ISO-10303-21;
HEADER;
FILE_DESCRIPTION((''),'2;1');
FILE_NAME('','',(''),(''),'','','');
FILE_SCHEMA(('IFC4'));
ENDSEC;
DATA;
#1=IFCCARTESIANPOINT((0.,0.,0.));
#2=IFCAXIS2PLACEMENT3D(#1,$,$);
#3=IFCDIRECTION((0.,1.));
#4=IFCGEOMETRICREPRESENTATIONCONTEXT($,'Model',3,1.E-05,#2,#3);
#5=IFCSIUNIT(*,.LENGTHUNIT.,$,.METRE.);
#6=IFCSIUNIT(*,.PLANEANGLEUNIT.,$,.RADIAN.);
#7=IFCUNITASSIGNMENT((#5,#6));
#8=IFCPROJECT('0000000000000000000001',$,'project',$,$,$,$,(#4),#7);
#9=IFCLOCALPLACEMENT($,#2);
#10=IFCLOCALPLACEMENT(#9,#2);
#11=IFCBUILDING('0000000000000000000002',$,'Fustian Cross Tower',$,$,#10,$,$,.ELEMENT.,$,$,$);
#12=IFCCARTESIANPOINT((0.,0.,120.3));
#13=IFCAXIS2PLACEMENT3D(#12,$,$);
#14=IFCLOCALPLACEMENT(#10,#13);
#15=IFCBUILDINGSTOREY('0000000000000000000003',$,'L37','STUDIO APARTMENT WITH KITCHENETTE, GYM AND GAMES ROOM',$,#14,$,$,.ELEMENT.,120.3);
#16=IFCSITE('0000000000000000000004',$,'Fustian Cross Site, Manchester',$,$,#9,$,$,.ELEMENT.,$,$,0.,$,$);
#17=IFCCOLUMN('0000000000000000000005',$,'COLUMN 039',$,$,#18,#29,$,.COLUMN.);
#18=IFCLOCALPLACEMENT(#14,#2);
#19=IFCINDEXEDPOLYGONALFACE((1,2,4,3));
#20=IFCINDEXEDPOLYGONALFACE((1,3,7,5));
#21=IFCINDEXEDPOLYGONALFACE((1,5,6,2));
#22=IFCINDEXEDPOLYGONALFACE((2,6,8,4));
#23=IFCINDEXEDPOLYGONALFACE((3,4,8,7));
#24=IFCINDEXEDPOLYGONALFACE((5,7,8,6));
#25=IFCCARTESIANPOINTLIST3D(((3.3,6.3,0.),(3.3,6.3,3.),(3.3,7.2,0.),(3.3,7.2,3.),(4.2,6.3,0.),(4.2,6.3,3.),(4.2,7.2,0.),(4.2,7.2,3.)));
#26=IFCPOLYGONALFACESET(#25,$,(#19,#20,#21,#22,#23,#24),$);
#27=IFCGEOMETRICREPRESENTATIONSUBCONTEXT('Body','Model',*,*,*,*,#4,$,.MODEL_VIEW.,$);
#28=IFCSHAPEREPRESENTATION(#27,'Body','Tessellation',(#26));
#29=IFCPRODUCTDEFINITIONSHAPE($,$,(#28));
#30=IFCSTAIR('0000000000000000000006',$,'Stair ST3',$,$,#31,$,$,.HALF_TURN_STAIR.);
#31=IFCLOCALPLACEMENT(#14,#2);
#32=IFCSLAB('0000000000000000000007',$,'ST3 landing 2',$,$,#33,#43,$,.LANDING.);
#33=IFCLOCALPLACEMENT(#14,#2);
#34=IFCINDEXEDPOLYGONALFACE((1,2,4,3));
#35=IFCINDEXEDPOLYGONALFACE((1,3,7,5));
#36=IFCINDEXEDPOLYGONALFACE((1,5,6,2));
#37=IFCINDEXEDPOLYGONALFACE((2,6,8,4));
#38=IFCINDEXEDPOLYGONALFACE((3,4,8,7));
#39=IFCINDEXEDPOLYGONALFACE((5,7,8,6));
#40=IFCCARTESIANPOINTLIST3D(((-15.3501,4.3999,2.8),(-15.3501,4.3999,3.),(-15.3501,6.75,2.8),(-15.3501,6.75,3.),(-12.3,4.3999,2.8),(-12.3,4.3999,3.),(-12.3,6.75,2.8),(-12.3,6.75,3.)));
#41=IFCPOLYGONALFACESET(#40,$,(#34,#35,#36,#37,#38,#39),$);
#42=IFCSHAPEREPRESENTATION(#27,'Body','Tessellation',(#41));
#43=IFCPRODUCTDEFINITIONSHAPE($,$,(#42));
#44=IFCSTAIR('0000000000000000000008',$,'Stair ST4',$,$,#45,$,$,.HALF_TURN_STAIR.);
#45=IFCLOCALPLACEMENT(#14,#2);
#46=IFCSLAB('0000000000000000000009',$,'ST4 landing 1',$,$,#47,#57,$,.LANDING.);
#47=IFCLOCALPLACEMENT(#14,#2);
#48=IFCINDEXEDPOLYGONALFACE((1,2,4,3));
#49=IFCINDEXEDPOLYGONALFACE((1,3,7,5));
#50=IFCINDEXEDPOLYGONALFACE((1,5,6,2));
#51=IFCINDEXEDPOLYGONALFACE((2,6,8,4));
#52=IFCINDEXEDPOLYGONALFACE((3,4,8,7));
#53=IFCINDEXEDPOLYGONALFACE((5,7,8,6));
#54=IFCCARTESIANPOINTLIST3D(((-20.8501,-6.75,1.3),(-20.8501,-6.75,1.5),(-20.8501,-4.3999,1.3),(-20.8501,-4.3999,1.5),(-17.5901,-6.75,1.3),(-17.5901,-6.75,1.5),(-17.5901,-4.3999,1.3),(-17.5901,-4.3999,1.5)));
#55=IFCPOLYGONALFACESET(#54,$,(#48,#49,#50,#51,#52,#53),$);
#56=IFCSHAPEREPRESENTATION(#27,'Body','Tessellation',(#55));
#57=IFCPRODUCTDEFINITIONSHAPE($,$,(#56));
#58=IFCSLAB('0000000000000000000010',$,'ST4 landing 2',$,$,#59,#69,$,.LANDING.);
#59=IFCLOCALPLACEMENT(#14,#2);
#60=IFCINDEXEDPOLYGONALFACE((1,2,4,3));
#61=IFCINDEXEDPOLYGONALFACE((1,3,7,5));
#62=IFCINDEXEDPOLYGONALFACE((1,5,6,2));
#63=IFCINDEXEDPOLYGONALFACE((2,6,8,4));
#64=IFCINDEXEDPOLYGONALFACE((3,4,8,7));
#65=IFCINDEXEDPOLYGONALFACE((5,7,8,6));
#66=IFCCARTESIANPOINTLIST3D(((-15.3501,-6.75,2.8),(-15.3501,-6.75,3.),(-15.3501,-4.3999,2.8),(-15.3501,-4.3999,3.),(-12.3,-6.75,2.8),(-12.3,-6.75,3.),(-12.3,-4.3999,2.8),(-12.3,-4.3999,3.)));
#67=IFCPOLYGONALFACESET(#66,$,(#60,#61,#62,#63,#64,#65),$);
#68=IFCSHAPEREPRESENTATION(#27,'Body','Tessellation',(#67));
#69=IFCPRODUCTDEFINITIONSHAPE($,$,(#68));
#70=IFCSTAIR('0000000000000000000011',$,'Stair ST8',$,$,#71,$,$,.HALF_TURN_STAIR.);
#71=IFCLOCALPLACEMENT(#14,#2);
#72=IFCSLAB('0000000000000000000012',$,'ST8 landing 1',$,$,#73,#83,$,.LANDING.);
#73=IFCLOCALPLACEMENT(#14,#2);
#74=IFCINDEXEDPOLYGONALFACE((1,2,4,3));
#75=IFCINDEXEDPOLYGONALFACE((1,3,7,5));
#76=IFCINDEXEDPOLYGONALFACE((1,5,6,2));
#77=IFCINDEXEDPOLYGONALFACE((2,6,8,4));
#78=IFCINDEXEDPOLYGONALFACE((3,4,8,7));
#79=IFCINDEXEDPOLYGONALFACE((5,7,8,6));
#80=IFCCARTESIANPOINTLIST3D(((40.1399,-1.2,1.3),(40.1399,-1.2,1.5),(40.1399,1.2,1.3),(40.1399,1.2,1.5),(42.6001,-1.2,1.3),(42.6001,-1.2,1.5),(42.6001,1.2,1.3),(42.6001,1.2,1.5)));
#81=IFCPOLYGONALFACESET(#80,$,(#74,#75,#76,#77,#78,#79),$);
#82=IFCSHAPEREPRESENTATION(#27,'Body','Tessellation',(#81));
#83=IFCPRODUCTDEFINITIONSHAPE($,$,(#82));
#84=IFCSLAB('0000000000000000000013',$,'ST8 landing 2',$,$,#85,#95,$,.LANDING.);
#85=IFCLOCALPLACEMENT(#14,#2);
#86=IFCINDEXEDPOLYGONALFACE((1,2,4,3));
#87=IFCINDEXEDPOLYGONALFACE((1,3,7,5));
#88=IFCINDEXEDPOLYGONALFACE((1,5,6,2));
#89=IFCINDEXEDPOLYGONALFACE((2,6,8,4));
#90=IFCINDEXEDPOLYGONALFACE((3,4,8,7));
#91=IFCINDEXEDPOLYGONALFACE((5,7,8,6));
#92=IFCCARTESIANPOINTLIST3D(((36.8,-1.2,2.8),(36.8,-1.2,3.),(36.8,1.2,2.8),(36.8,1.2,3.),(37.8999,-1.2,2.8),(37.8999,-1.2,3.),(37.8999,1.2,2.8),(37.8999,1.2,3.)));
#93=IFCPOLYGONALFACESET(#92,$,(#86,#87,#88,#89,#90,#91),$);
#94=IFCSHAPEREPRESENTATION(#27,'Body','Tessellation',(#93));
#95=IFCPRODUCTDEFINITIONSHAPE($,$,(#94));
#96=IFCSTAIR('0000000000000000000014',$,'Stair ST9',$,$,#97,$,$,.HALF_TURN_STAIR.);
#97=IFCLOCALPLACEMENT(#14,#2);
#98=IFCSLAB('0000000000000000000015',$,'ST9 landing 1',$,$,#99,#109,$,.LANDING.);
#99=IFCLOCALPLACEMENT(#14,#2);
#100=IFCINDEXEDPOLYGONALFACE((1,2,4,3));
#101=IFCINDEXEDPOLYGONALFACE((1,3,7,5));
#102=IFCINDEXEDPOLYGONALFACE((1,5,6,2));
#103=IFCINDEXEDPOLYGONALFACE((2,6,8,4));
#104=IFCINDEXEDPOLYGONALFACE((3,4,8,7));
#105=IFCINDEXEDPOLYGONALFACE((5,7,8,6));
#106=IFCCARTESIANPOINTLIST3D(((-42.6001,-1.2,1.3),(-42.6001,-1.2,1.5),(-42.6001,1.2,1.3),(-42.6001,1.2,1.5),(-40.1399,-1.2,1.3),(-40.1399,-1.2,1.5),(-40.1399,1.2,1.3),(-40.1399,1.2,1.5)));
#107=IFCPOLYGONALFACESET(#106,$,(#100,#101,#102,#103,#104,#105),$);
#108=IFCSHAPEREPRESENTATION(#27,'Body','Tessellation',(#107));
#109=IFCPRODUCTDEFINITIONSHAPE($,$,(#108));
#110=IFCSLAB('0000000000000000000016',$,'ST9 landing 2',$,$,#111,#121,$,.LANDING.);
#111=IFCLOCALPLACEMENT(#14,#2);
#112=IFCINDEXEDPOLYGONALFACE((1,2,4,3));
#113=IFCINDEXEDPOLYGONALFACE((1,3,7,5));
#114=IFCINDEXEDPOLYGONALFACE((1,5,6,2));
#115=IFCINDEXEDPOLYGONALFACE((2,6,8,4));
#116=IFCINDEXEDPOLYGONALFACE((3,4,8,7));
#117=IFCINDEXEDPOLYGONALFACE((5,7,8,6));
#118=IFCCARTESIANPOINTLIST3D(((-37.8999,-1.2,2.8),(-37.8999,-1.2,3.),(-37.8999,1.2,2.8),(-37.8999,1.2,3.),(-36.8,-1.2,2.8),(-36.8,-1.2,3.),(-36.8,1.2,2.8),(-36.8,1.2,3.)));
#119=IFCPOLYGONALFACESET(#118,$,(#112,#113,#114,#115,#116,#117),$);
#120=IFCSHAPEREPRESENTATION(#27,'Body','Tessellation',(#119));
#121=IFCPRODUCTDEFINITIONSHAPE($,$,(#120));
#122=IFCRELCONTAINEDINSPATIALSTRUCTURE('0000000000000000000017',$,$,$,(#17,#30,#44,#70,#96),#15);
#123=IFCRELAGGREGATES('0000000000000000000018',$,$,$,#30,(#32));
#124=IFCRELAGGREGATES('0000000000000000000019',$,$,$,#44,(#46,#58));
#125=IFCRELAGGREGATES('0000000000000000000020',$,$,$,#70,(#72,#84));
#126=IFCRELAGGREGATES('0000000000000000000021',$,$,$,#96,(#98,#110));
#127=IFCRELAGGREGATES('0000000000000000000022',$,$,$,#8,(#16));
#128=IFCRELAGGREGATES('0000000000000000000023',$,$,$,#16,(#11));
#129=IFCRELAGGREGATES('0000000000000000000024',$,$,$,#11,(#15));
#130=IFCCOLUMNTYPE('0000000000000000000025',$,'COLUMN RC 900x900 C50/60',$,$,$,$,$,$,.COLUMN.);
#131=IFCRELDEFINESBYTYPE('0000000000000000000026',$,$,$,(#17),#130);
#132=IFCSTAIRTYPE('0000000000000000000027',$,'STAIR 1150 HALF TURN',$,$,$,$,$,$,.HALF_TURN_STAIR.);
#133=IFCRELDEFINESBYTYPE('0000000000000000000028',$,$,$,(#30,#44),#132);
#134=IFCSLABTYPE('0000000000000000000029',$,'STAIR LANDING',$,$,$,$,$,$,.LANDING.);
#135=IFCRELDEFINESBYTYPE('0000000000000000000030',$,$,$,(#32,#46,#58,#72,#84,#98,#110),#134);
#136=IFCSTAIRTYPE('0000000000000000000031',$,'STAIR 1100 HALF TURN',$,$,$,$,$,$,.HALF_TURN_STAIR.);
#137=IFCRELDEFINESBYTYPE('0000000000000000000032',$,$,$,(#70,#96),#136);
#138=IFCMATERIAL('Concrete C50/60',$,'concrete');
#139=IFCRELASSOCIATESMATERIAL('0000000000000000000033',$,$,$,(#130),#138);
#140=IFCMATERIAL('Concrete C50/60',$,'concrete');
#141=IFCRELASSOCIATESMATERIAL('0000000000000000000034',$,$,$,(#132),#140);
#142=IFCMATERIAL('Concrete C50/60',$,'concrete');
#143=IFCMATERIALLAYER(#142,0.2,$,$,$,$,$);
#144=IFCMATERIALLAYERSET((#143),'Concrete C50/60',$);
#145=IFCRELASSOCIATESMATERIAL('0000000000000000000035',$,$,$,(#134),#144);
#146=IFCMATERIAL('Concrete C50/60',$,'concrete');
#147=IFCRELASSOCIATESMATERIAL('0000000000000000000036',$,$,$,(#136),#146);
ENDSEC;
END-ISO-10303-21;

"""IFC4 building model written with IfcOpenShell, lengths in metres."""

from ifc_helpers import new_model, si_unit, direction, frame, origin, origin_2d, place, context, subcontext, project, spatial, polyline, rectangle, outline, extrude, material, layer, layer_set, material_profile, profile_set, type_object, element, aggregate, save


model = new_model("IFC4")

# Units and contexts
model_context = context("Model", 3, precision=1e-05, world=origin(), true_north=direction((0.0, 1.0)))
body_context = subcontext(model_context, "Body", "Model", "MODEL_VIEW")
ifc_project = project(units=[si_unit("LENGTHUNIT", "METRE"), si_unit("PLANEANGLEUNIT", "RADIAN")], contexts=[model_context])

# Site, building, storey
site_placement = place(None, origin())
site = spatial("IfcSite", under=ifc_project, at=site_placement, Name="Fustian Cross Site, Manchester", CompositionType="ELEMENT", RefElevation=0.0)
building_placement = place(site_placement, origin())
building = spatial("IfcBuilding", under=site, at=building_placement, Name="Fustian Cross Tower", CompositionType="ELEMENT")
storey_placement = place(building_placement, frame((0.0, 0.0, 120.3)))
storey = spatial("IfcBuildingStorey", under=building, at=storey_placement, Name="L37", Description="STUDIO APARTMENT WITH KITCHENETTE, GYM AND GAMES ROOM", CompositionType="ELEMENT", Elevation=120.3)

# Column
ifc_material_1 = material(Name="Concrete C50/60", Category="concrete")
ifc_material_profile = material_profile(ifc_material_1, rectangle(XDim=0.8999, YDim=0.8999, at=origin_2d()), Name="RC 900x900")
ifc_profile_set = profile_set([ifc_material_profile], Name="Concrete C50/60")
column_type = type_object("IfcColumnType", Name="COLUMN RC 900x900 C50/60", PredefinedType="COLUMN", material=ifc_profile_set)
column_placement = place(storey_placement, frame((3.75, 6.75, 0.0), z_axis=(0.0, 0.0, 1.0), x_axis=(1.0, 0.0, 0.0)))
element("IfcColumn", 1, at=column_placement, inside=storey, type_object=column_type, Name="COLUMN 039", PredefinedType="COLUMN", context=body_context, shape_type="SweptSolid", body=[
    extrude(rectangle(XDim=0.8999, YDim=0.8999, at=origin_2d()), origin(), (0.0, 0.0, 1.0), 3.0),
])

# Stair, slab
ifc_material_2 = material(Name="Concrete C50/60", Category="concrete")
stair_type_1 = type_object("IfcStairType", Name="STAIR 1150 HALF TURN", PredefinedType="HALF_TURN_STAIR", material=ifc_material_2)
stair_1_placement = place(storey_placement, origin())
stair_1 = element("IfcStair", 2, at=stair_1_placement, inside=storey, type_object=stair_type_1, Name="Stair ST3", PredefinedType="HALF_TURN_STAIR")
ifc_material_3 = material(Name="Concrete C50/60", Category="concrete")
ifc_layer_1 = layer(ifc_material_3, 0.2)
ifc_layer_set_1 = layer_set([ifc_layer_1], Name="Concrete C50/60")
slab_type = type_object("IfcSlabType", Name="STAIR LANDING", PredefinedType="LANDING", material=ifc_layer_set_1)
slab_1_placement = place(storey_placement, frame((0.0, 0.0, 2.8)))
slab_1 = element("IfcSlab", 3, at=slab_1_placement, type_object=slab_type, Name="ST3 landing 2", PredefinedType="LANDING", context=body_context, shape_type="SweptSolid", body=[
    extrude(outline(polyline([(-12.3, 4.3999), (-15.3501, 4.3999), (-15.3501, 6.75), (-12.3, 6.75), (-12.3, 4.3999)])), origin(), (0.0, 0.0, 1.0), 0.2),
])
aggregate(stair_1, [slab_1])

# Stairs, slabs
stair_2_placement = place(storey_placement, origin())
stair_2 = element("IfcStair", 4, at=stair_2_placement, inside=storey, type_object=stair_type_1, Name="Stair ST4", PredefinedType="HALF_TURN_STAIR")
slab_2_placement = place(storey_placement, frame((0.0, 0.0, 1.3)))
slab_2 = element("IfcSlab", 5, at=slab_2_placement, type_object=slab_type, Name="ST4 landing 1", PredefinedType="LANDING", context=body_context, shape_type="SweptSolid", body=[
    extrude(outline(polyline([(-17.5901, -4.3999), (-20.8501, -4.3999), (-20.8501, -6.75), (-17.5901, -6.75), (-17.5901, -4.3999)])), origin(), (0.0, 0.0, 1.0), 0.2),
])
slab_3_placement = place(storey_placement, frame((0.0, 0.0, 2.8)))
slab_3 = element("IfcSlab", 6, at=slab_3_placement, type_object=slab_type, Name="ST4 landing 2", PredefinedType="LANDING", context=body_context, shape_type="SweptSolid", body=[
    extrude(outline(polyline([(-12.3, -4.3999), (-15.3501, -4.3999), (-15.3501, -6.75), (-12.3, -6.75), (-12.3, -4.3999)])), origin(), (0.0, 0.0, 1.0), 0.2),
])
aggregate(stair_2, [slab_2, slab_3])
ifc_material_4 = material(Name="Concrete C50/60", Category="concrete")
stair_type_2 = type_object("IfcStairType", Name="STAIR 1100 HALF TURN", PredefinedType="HALF_TURN_STAIR", material=ifc_material_4)
stair_3_placement = place(storey_placement, origin())
stair_3 = element("IfcStair", 7, at=stair_3_placement, inside=storey, type_object=stair_type_2, Name="Stair ST8", PredefinedType="HALF_TURN_STAIR")
slab_4_placement = place(storey_placement, frame((0.0, 0.0, 1.3)))
slab_4 = element("IfcSlab", 8, at=slab_4_placement, type_object=slab_type, Name="ST8 landing 1", PredefinedType="LANDING", context=body_context, shape_type="SweptSolid", body=[
    extrude(outline(polyline([(40.1399, -1.2), (42.6001, -1.2), (42.6001, 1.2), (40.1399, 1.2), (40.1399, -1.2)])), origin(), (0.0, 0.0, 1.0), 0.2),
])
slab_5_placement = place(storey_placement, frame((0.0, 0.0, 2.8)))
slab_5 = element("IfcSlab", 9, at=slab_5_placement, type_object=slab_type, Name="ST8 landing 2", PredefinedType="LANDING", context=body_context, shape_type="SweptSolid", body=[
    extrude(outline(polyline([(36.8, -1.2), (37.8999, -1.2), (37.8999, 1.2), (36.8, 1.2), (36.8, -1.2)])), origin(), (0.0, 0.0, 1.0), 0.2),
])
aggregate(stair_3, [slab_4, slab_5])
stair_4_placement = place(storey_placement, origin())
stair_4 = element("IfcStair", 10, at=stair_4_placement, inside=storey, type_object=stair_type_2, Name="Stair ST9", PredefinedType="HALF_TURN_STAIR")
slab_6_placement = place(storey_placement, frame((0.0, 0.0, 1.3)))
slab_6 = element("IfcSlab", 11, at=slab_6_placement, type_object=slab_type, Name="ST9 landing 1", PredefinedType="LANDING", context=body_context, shape_type="SweptSolid", body=[
    extrude(outline(polyline([(-40.1399, -1.2), (-42.6001, -1.2), (-42.6001, 1.2), (-40.1399, 1.2), (-40.1399, -1.2)])), origin(), (0.0, 0.0, 1.0), 0.2),
])
slab_7_placement = place(storey_placement, frame((0.0, 0.0, 2.8)))
slab_7 = element("IfcSlab", 12, at=slab_7_placement, type_object=slab_type, Name="ST9 landing 2", PredefinedType="LANDING", context=body_context, shape_type="SweptSolid", body=[
    extrude(outline(polyline([(-36.8, -1.2), (-37.8999, -1.2), (-37.8999, 1.2), (-36.8, 1.2), (-36.8, -1.2)])), origin(), (0.0, 0.0, 1.0), 0.2),
])
aggregate(stair_4, [slab_6, slab_7])

save(model, "model.ifc")
